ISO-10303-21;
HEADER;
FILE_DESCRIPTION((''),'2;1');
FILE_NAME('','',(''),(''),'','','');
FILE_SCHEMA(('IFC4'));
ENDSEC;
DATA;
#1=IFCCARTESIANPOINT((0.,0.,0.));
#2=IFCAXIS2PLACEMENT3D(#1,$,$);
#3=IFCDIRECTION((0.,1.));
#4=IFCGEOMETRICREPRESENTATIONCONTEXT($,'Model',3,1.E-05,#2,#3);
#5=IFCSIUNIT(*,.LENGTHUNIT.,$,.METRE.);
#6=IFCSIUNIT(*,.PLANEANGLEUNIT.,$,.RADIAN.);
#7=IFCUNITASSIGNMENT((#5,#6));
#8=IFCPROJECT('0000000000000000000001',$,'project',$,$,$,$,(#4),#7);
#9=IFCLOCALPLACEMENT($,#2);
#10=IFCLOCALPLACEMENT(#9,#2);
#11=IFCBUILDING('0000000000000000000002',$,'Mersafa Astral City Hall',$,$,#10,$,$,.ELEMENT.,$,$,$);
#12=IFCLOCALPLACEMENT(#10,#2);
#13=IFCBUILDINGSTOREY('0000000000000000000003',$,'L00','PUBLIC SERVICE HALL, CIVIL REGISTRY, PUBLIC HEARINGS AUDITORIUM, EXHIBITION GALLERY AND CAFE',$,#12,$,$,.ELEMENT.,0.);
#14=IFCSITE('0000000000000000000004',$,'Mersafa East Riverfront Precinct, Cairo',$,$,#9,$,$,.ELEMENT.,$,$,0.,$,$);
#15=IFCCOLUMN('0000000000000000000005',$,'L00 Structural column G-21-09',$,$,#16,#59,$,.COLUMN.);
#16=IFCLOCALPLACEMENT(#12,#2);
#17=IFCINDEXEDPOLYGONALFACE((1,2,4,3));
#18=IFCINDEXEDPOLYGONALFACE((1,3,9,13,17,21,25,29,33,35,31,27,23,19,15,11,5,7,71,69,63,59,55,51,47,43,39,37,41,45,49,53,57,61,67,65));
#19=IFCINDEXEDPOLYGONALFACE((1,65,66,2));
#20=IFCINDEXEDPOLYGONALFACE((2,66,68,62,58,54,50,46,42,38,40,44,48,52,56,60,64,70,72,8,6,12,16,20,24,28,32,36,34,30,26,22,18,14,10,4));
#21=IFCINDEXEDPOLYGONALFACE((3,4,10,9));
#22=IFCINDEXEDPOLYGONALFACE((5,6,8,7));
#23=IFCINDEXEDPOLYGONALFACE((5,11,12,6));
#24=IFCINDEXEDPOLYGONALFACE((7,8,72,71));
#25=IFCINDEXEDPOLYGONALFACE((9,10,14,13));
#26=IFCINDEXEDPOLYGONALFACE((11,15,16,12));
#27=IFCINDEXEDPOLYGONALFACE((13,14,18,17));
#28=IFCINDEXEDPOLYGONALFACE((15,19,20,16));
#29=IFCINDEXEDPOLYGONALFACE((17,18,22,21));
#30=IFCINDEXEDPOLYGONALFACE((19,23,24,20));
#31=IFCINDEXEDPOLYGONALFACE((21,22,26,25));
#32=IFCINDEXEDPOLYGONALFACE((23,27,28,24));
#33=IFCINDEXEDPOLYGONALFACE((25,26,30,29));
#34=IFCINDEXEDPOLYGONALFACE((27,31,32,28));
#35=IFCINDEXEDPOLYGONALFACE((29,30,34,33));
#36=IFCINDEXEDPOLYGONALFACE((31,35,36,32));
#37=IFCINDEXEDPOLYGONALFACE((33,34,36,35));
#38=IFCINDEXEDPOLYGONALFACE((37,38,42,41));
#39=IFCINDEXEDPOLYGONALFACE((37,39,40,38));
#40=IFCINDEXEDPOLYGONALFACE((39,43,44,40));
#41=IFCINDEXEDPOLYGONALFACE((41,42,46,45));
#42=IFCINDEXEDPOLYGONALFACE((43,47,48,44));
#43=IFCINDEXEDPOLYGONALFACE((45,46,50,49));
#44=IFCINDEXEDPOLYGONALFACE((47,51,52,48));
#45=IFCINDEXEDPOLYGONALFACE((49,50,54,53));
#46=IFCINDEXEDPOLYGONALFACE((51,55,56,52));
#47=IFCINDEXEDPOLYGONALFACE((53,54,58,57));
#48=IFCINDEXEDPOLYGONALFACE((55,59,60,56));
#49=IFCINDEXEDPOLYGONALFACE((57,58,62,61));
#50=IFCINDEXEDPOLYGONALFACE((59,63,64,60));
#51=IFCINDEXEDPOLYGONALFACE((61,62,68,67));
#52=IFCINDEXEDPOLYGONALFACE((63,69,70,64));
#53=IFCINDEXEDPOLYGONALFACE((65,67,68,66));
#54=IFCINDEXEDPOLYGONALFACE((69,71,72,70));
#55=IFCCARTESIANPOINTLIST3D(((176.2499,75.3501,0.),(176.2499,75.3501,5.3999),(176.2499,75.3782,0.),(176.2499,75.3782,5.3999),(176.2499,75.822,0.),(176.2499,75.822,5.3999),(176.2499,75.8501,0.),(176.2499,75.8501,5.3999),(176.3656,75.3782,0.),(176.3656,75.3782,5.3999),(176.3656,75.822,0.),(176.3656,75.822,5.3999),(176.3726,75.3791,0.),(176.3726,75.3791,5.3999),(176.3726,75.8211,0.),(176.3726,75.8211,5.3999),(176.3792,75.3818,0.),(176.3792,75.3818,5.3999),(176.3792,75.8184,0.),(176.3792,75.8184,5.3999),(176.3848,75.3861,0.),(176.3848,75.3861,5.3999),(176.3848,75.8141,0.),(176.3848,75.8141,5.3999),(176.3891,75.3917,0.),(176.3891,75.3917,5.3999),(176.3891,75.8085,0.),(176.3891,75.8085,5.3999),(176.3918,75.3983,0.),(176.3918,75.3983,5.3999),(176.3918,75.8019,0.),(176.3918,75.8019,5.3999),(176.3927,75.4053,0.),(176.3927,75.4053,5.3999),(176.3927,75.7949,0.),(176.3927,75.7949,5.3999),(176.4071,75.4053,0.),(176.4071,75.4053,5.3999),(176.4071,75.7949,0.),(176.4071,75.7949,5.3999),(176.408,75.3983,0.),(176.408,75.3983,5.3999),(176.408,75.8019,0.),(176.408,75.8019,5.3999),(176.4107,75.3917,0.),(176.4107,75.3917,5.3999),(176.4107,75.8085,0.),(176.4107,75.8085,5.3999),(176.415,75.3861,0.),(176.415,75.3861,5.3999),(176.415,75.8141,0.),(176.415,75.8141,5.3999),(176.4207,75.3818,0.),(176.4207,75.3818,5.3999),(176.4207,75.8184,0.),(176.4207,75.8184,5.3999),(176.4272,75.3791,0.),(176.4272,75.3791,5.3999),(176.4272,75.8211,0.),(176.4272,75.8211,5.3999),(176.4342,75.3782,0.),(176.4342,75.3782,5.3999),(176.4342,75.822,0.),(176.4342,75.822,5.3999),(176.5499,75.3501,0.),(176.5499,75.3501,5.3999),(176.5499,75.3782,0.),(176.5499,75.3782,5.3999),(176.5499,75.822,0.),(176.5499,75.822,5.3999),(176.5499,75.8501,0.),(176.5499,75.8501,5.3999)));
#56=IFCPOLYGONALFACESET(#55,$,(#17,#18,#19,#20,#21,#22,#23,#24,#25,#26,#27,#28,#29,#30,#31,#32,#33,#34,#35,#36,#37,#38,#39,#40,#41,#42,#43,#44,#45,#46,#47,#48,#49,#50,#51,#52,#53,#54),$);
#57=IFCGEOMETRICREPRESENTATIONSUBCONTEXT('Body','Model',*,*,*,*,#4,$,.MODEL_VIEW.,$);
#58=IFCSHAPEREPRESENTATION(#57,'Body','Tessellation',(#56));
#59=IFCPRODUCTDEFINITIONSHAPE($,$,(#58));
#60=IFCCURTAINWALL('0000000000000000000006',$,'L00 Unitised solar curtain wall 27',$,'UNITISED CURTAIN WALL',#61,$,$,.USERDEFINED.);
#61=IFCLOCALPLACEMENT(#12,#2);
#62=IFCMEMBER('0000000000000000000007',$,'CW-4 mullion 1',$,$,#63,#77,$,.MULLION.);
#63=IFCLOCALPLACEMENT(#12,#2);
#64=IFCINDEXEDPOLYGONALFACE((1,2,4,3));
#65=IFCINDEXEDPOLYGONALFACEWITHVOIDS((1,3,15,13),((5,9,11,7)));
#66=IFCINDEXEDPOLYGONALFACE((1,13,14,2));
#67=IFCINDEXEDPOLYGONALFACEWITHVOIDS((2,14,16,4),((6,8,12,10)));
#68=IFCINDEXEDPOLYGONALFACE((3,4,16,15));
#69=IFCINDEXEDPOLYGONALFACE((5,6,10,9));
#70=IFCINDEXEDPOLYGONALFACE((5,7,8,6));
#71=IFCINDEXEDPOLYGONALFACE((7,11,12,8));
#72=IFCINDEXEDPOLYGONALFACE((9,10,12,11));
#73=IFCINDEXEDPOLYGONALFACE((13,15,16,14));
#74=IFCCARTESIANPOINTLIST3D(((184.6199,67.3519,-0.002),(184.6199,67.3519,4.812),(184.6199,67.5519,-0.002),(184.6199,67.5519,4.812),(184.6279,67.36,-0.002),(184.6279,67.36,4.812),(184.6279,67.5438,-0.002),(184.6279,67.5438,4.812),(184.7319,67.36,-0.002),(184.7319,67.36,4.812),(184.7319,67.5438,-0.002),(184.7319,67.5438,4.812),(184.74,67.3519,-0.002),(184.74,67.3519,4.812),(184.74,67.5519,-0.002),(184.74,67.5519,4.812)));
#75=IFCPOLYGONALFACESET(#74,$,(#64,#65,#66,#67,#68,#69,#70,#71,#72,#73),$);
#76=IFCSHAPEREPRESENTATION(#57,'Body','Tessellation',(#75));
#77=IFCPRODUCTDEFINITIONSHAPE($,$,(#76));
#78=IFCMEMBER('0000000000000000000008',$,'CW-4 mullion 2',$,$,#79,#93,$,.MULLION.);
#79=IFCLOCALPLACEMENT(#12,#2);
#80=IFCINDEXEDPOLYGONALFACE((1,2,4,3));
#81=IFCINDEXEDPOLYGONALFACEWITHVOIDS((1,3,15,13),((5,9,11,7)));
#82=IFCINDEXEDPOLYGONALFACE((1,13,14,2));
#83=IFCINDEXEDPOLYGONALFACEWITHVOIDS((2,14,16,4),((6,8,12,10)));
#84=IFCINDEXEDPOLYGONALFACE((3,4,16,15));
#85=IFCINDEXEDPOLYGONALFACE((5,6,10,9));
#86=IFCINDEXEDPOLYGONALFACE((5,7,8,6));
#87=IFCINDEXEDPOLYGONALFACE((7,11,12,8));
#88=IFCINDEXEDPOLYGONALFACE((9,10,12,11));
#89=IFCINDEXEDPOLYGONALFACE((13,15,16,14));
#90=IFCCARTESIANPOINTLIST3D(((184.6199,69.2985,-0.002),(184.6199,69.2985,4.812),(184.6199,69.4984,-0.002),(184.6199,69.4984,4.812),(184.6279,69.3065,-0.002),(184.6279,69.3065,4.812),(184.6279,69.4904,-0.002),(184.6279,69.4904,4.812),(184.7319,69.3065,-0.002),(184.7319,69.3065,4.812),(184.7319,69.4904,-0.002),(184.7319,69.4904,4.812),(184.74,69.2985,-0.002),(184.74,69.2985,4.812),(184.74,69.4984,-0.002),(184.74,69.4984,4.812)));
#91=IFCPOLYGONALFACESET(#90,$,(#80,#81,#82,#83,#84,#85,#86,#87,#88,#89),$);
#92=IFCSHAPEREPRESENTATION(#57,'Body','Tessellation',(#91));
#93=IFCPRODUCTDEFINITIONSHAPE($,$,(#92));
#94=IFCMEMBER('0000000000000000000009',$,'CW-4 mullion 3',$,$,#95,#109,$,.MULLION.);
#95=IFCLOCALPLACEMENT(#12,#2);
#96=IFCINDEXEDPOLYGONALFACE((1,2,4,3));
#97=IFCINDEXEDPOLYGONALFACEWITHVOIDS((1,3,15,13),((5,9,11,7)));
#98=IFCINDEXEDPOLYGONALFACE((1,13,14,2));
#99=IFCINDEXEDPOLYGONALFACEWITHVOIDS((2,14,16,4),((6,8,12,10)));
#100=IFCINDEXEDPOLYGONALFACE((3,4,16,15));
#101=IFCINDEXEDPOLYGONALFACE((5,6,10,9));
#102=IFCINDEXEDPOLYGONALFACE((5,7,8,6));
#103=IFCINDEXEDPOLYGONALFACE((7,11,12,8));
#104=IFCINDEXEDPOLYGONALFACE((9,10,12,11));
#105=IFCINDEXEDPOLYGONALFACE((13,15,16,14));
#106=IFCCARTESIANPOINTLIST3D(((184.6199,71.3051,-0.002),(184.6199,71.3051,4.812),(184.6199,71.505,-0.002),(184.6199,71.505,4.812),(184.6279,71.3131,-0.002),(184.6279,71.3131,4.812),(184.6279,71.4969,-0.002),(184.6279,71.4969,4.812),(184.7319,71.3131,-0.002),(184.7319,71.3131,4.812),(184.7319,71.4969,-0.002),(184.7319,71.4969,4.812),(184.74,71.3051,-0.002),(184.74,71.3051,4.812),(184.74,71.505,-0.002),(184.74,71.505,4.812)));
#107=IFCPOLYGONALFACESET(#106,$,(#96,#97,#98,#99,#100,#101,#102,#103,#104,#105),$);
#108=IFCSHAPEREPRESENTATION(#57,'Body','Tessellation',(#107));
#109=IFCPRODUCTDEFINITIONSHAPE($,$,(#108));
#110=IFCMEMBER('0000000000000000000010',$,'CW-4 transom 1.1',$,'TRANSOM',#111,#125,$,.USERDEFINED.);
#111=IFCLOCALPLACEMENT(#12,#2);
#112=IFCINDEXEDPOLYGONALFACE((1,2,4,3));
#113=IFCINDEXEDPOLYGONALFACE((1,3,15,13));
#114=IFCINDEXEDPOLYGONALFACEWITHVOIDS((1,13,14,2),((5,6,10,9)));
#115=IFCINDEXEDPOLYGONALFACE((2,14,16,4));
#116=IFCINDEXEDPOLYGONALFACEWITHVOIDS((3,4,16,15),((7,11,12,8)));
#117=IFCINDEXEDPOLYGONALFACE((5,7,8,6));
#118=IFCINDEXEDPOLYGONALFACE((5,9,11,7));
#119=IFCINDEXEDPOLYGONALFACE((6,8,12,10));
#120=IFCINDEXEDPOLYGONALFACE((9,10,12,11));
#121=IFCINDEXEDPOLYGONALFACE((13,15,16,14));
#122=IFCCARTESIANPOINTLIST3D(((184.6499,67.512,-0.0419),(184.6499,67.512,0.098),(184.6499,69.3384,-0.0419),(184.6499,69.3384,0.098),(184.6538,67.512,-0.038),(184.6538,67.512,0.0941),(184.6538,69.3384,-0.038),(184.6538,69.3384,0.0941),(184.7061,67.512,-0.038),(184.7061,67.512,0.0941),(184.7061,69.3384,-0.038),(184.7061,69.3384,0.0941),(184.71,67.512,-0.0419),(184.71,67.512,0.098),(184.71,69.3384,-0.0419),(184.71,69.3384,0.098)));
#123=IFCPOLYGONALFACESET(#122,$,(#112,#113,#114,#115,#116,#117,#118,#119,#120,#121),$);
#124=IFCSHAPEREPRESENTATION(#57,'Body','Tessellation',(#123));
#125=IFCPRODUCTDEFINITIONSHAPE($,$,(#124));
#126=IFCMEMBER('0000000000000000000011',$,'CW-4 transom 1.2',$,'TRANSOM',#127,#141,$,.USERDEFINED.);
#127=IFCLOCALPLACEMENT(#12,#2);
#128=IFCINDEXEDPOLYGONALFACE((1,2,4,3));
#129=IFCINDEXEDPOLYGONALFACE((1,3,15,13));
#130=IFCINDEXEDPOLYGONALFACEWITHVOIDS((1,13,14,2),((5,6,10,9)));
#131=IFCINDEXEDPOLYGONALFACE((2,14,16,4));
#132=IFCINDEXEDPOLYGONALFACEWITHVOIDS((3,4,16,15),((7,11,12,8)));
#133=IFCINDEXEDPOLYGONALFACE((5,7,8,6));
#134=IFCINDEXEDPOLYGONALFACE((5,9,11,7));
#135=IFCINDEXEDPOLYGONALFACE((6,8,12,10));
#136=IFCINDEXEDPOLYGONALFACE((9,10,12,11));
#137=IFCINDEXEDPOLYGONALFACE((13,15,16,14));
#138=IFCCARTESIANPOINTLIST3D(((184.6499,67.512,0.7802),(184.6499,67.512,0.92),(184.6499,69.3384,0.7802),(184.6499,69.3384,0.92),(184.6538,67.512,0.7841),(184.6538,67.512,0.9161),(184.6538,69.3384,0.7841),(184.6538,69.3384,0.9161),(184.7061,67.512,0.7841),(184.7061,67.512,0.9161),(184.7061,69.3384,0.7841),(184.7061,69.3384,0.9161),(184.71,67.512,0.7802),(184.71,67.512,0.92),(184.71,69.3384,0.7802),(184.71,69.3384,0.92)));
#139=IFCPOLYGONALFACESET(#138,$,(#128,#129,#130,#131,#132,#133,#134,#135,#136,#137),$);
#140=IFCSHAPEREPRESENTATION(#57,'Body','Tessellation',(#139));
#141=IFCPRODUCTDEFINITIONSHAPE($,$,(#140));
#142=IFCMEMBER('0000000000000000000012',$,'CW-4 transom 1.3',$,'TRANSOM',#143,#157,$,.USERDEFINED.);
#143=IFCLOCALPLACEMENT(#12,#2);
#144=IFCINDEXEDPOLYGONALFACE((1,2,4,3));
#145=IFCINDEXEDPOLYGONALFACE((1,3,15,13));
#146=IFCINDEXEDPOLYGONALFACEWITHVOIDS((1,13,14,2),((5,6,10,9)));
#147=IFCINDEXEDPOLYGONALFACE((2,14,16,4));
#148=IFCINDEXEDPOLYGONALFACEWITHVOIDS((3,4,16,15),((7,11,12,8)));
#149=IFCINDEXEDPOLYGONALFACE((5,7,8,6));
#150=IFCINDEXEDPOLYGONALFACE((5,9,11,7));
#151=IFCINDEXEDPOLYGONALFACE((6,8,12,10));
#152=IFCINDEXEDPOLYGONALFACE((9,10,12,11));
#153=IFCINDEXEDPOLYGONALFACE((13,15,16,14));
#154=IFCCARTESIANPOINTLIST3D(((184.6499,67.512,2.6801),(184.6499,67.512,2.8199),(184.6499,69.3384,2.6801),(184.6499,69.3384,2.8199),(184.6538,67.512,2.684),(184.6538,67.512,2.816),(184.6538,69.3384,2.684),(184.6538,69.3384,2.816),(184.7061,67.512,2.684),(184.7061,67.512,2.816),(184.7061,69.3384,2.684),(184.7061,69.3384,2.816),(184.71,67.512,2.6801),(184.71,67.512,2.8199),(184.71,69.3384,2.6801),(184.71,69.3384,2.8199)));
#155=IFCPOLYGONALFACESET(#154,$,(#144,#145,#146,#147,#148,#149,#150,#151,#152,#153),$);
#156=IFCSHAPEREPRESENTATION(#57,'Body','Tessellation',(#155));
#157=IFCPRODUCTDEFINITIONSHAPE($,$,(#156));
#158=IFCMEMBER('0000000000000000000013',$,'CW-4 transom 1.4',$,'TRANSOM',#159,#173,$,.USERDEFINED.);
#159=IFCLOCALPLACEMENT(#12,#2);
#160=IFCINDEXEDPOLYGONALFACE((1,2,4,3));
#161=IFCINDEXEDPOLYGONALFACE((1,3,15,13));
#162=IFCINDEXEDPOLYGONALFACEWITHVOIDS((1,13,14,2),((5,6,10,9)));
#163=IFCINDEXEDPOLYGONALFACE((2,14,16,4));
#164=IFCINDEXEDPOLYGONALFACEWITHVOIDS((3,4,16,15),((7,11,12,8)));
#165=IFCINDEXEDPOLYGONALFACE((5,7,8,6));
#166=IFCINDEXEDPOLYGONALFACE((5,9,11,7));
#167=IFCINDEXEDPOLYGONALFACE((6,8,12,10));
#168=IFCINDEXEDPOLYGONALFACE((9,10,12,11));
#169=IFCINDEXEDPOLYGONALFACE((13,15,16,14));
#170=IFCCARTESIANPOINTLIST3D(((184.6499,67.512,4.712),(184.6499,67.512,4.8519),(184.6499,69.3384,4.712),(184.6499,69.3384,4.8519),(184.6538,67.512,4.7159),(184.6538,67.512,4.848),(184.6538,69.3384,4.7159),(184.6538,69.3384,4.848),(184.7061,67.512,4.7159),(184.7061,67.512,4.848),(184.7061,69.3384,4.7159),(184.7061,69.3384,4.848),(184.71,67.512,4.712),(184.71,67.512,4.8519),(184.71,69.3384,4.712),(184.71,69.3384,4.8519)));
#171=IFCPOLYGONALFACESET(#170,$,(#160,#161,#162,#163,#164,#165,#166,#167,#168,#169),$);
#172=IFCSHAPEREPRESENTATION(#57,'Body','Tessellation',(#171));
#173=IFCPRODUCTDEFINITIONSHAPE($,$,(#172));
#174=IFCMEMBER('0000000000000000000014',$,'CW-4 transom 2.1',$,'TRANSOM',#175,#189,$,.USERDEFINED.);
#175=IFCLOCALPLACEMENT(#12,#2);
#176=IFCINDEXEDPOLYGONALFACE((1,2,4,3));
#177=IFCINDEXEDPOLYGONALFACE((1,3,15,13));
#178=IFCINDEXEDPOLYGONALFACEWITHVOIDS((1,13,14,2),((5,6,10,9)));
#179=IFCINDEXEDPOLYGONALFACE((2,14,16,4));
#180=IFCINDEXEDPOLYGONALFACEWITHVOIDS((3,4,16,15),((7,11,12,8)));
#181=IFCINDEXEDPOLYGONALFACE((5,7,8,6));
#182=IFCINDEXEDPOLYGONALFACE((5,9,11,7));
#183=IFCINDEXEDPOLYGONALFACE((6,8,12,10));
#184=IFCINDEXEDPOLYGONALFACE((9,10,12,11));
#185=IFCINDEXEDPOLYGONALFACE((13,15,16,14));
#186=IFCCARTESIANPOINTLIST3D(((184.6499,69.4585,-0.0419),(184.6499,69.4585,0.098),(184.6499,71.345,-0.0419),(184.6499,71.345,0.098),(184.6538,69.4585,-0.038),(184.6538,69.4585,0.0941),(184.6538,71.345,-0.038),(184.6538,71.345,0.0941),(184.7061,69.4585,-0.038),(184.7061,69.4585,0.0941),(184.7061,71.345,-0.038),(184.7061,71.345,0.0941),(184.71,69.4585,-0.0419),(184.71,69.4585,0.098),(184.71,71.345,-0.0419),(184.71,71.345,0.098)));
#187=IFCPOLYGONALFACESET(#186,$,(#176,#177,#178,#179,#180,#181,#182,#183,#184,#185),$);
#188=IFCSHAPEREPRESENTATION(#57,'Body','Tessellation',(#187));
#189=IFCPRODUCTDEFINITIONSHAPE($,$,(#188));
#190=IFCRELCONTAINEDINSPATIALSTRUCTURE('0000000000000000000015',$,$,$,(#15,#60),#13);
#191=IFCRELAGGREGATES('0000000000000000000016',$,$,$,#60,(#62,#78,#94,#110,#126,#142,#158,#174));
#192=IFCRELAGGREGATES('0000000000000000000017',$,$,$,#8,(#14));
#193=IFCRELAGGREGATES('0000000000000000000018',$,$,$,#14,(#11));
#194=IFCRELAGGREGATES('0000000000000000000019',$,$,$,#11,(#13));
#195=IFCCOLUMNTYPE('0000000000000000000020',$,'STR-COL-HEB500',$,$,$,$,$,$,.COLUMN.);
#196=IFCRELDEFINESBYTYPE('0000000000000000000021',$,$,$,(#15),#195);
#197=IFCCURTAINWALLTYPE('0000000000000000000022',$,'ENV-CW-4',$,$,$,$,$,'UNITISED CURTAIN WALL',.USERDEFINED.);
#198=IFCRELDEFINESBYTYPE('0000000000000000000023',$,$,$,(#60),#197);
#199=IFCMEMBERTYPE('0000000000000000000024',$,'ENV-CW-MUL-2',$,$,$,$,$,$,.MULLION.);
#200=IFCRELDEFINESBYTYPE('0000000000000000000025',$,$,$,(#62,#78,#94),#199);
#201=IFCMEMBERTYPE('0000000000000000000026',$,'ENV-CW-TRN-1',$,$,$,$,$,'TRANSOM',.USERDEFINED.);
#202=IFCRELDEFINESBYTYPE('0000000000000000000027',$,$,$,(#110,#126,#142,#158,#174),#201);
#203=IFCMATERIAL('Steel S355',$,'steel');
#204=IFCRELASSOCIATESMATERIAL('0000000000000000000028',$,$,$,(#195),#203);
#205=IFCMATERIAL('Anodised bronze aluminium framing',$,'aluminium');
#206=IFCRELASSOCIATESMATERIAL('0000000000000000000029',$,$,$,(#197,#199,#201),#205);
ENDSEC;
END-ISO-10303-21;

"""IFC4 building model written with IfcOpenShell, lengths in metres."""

from ifc_helpers import new_model, si_unit, direction, frame, origin, origin_2d, place, context, subcontext, project, spatial, hollow_rectangle, i_section, extrude, material, material_profile, profile_set, type_object, element, aggregate, save


model = new_model("IFC4")

# Units and contexts
model_context = context("Model", 3, precision=1e-05, world=origin(), true_north=direction((0.0, 1.0)))
body_context = subcontext(model_context, "Body", "Model", "MODEL_VIEW")
ifc_project = project(units=[si_unit("LENGTHUNIT", "METRE"), si_unit("PLANEANGLEUNIT", "RADIAN")], contexts=[model_context])

# Site, building, storey
site_placement = place(None, origin())
site = spatial("IfcSite", under=ifc_project, at=site_placement, Name="Mersafa East Riverfront Precinct, Cairo", CompositionType="ELEMENT", RefElevation=0.0)
building_placement = place(site_placement, origin())
building = spatial("IfcBuilding", under=site, at=building_placement, Name="Mersafa Astral City Hall", CompositionType="ELEMENT")
storey_placement = place(building_placement, origin())
storey = spatial("IfcBuildingStorey", under=building, at=storey_placement, Name="L00", Description="PUBLIC SERVICE HALL, CIVIL REGISTRY, PUBLIC HEARINGS AUDITORIUM, EXHIBITION GALLERY AND CAFE", CompositionType="ELEMENT", Elevation=0.0)

# Column
ifc_material_1 = material(Name="Steel S355", Category="steel")
ifc_material_profile_1 = material_profile(ifc_material_1, i_section(OverallWidth=0.3, OverallDepth=0.5, WebThickness=0.0144, FlangeThickness=0.0281, FilletRadius=0.0271, at=origin_2d()), Name="HEB 500")
ifc_profile_set_1 = profile_set([ifc_material_profile_1], Name="Steel S355")
column_type = type_object("IfcColumnType", Name="STR-COL-HEB500", PredefinedType="COLUMN", material=ifc_profile_set_1)
column_placement = place(storey_placement, frame((176.3999, 75.6001, 0.0), z_axis=(0.0, 0.0, 1.0), x_axis=(1.0, 0.0, 0.0)))
element("IfcColumn", 1, at=column_placement, inside=storey, type_object=column_type, Name="L00 Structural column G-21-09", PredefinedType="COLUMN", context=body_context, shape_type="SweptSolid", body=[
    extrude(i_section(OverallWidth=0.3, OverallDepth=0.5, WebThickness=0.0144, FlangeThickness=0.0281, FilletRadius=0.0271, at=origin_2d()), origin(), (0.0, 0.0, 1.0), 5.3999),
])

# Curtain wall, members
ifc_material_2 = material(Name="Anodised bronze aluminium framing", Category="aluminium")
curtain_wall_type = type_object("IfcCurtainWallType", Name="ENV-CW-4", ElementType="UNITISED CURTAIN WALL", PredefinedType="USERDEFINED", material=ifc_material_2)
curtain_wall_placement = place(storey_placement, origin())
curtain_wall = element("IfcCurtainWall", 2, at=curtain_wall_placement, inside=storey, type_object=curtain_wall_type, Name="L00 Unitised solar curtain wall 27", ObjectType="UNITISED CURTAIN WALL", PredefinedType="USERDEFINED")
ifc_material_profile_2 = material_profile(ifc_material_2, hollow_rectangle(XDim=0.1201, YDim=0.2, WallThickness=0.0081, at=origin_2d()), Name="RHS 120x200x8")
ifc_profile_set_2 = profile_set([ifc_material_profile_2], Name="Anodised bronze aluminium framing")
member_type_1 = type_object("IfcMemberType", Name="ENV-CW-MUL-2", PredefinedType="MULLION", material=ifc_profile_set_2)
member_1_placement = place(storey_placement, frame((184.6799, 67.4519, -0.002), z_axis=(0.0, 0.0, 1.0), x_axis=(-1.0, 0.0, 0.0)))
member_1 = element("IfcMember", 3, at=member_1_placement, type_object=member_type_1, Name="CW-4 mullion 1", PredefinedType="MULLION", context=body_context, shape_type="SweptSolid", body=[
    extrude(hollow_rectangle(XDim=0.1201, YDim=0.2, WallThickness=0.0081, at=origin_2d()), origin(), (0.0, 0.0, 1.0), 4.814),
])
member_2_placement = place(storey_placement, frame((184.6799, 69.3984, -0.002), z_axis=(0.0, 0.0, 1.0), x_axis=(-1.0, 0.0, 0.0)))
member_2 = element("IfcMember", 4, at=member_2_placement, type_object=member_type_1, Name="CW-4 mullion 2", PredefinedType="MULLION", context=body_context, shape_type="SweptSolid", body=[
    extrude(hollow_rectangle(XDim=0.1201, YDim=0.2, WallThickness=0.0081, at=origin_2d()), origin(), (0.0, 0.0, 1.0), 4.814),
])
member_3_placement = place(storey_placement, frame((184.6799, 71.405, -0.002), z_axis=(0.0, 0.0, 1.0), x_axis=(-1.0, 0.0, 0.0)))
member_3 = element("IfcMember", 5, at=member_3_placement, type_object=member_type_1, Name="CW-4 mullion 3", PredefinedType="MULLION", context=body_context, shape_type="SweptSolid", body=[
    extrude(hollow_rectangle(XDim=0.1201, YDim=0.2, WallThickness=0.0081, at=origin_2d()), origin(), (0.0, 0.0, 1.0), 4.814),
])
ifc_material_profile_3 = material_profile(ifc_material_2, hollow_rectangle(XDim=0.0601, YDim=0.1399, WallThickness=0.0039, at=origin_2d()), Name="RHS 60x140x4")
ifc_profile_set_3 = profile_set([ifc_material_profile_3], Name="Anodised bronze aluminium framing")
member_type_2 = type_object("IfcMemberType", Name="ENV-CW-TRN-1", ElementType="TRANSOM", PredefinedType="USERDEFINED", material=ifc_profile_set_3)
member_4_placement = place(storey_placement, frame((184.6799, 67.512, 0.0281), z_axis=(0.0, 1.0, 0.0), x_axis=(-1.0, 0.0, 0.0)))
member_4 = element("IfcMember", 6, at=member_4_placement, type_object=member_type_2, Name="CW-4 transom 1.1", ObjectType="TRANSOM", PredefinedType="USERDEFINED", context=body_context, shape_type="SweptSolid", body=[
    extrude(hollow_rectangle(XDim=0.0601, YDim=0.1399, WallThickness=0.0039, at=origin_2d()), origin(), (0.0, 0.0, 1.0), 1.8264),
])
member_5_placement = place(storey_placement, frame((184.6799, 67.512, 0.8501), z_axis=(0.0, 1.0, 0.0), x_axis=(-1.0, 0.0, 0.0)))
member_5 = element("IfcMember", 7, at=member_5_placement, type_object=member_type_2, Name="CW-4 transom 1.2", ObjectType="TRANSOM", PredefinedType="USERDEFINED", context=body_context, shape_type="SweptSolid", body=[
    extrude(hollow_rectangle(XDim=0.0601, YDim=0.1399, WallThickness=0.0039, at=origin_2d()), origin(), (0.0, 0.0, 1.0), 1.8264),
])
member_6_placement = place(storey_placement, frame((184.6799, 67.512, 2.75), z_axis=(0.0, 1.0, 0.0), x_axis=(-1.0, 0.0, 0.0)))
member_6 = element("IfcMember", 8, at=member_6_placement, type_object=member_type_2, Name="CW-4 transom 1.3", ObjectType="TRANSOM", PredefinedType="USERDEFINED", context=body_context, shape_type="SweptSolid", body=[
    extrude(hollow_rectangle(XDim=0.0601, YDim=0.1399, WallThickness=0.0039, at=origin_2d()), origin(), (0.0, 0.0, 1.0), 1.8264),
])
member_7_placement = place(storey_placement, frame((184.6799, 67.512, 4.782), z_axis=(0.0, 1.0, 0.0), x_axis=(-1.0, 0.0, 0.0)))
member_7 = element("IfcMember", 9, at=member_7_placement, type_object=member_type_2, Name="CW-4 transom 1.4", ObjectType="TRANSOM", PredefinedType="USERDEFINED", context=body_context, shape_type="SweptSolid", body=[
    extrude(hollow_rectangle(XDim=0.0601, YDim=0.1399, WallThickness=0.0039, at=origin_2d()), origin(), (0.0, 0.0, 1.0), 1.8264),
])
member_8_placement = place(storey_placement, frame((184.6799, 69.4585, 0.0281), z_axis=(0.0, 1.0, 0.0), x_axis=(-1.0, 0.0, 0.0)))
member_8 = element("IfcMember", 10, at=member_8_placement, type_object=member_type_2, Name="CW-4 transom 2.1", ObjectType="TRANSOM", PredefinedType="USERDEFINED", context=body_context, shape_type="SweptSolid", body=[
    extrude(hollow_rectangle(XDim=0.0601, YDim=0.1399, WallThickness=0.0039, at=origin_2d()), origin(), (0.0, 0.0, 1.0), 1.8865),
])

aggregate(curtain_wall, [member_1, member_2, member_3, member_4, member_5, member_6, member_7, member_8])

save(model, "model.ifc")
